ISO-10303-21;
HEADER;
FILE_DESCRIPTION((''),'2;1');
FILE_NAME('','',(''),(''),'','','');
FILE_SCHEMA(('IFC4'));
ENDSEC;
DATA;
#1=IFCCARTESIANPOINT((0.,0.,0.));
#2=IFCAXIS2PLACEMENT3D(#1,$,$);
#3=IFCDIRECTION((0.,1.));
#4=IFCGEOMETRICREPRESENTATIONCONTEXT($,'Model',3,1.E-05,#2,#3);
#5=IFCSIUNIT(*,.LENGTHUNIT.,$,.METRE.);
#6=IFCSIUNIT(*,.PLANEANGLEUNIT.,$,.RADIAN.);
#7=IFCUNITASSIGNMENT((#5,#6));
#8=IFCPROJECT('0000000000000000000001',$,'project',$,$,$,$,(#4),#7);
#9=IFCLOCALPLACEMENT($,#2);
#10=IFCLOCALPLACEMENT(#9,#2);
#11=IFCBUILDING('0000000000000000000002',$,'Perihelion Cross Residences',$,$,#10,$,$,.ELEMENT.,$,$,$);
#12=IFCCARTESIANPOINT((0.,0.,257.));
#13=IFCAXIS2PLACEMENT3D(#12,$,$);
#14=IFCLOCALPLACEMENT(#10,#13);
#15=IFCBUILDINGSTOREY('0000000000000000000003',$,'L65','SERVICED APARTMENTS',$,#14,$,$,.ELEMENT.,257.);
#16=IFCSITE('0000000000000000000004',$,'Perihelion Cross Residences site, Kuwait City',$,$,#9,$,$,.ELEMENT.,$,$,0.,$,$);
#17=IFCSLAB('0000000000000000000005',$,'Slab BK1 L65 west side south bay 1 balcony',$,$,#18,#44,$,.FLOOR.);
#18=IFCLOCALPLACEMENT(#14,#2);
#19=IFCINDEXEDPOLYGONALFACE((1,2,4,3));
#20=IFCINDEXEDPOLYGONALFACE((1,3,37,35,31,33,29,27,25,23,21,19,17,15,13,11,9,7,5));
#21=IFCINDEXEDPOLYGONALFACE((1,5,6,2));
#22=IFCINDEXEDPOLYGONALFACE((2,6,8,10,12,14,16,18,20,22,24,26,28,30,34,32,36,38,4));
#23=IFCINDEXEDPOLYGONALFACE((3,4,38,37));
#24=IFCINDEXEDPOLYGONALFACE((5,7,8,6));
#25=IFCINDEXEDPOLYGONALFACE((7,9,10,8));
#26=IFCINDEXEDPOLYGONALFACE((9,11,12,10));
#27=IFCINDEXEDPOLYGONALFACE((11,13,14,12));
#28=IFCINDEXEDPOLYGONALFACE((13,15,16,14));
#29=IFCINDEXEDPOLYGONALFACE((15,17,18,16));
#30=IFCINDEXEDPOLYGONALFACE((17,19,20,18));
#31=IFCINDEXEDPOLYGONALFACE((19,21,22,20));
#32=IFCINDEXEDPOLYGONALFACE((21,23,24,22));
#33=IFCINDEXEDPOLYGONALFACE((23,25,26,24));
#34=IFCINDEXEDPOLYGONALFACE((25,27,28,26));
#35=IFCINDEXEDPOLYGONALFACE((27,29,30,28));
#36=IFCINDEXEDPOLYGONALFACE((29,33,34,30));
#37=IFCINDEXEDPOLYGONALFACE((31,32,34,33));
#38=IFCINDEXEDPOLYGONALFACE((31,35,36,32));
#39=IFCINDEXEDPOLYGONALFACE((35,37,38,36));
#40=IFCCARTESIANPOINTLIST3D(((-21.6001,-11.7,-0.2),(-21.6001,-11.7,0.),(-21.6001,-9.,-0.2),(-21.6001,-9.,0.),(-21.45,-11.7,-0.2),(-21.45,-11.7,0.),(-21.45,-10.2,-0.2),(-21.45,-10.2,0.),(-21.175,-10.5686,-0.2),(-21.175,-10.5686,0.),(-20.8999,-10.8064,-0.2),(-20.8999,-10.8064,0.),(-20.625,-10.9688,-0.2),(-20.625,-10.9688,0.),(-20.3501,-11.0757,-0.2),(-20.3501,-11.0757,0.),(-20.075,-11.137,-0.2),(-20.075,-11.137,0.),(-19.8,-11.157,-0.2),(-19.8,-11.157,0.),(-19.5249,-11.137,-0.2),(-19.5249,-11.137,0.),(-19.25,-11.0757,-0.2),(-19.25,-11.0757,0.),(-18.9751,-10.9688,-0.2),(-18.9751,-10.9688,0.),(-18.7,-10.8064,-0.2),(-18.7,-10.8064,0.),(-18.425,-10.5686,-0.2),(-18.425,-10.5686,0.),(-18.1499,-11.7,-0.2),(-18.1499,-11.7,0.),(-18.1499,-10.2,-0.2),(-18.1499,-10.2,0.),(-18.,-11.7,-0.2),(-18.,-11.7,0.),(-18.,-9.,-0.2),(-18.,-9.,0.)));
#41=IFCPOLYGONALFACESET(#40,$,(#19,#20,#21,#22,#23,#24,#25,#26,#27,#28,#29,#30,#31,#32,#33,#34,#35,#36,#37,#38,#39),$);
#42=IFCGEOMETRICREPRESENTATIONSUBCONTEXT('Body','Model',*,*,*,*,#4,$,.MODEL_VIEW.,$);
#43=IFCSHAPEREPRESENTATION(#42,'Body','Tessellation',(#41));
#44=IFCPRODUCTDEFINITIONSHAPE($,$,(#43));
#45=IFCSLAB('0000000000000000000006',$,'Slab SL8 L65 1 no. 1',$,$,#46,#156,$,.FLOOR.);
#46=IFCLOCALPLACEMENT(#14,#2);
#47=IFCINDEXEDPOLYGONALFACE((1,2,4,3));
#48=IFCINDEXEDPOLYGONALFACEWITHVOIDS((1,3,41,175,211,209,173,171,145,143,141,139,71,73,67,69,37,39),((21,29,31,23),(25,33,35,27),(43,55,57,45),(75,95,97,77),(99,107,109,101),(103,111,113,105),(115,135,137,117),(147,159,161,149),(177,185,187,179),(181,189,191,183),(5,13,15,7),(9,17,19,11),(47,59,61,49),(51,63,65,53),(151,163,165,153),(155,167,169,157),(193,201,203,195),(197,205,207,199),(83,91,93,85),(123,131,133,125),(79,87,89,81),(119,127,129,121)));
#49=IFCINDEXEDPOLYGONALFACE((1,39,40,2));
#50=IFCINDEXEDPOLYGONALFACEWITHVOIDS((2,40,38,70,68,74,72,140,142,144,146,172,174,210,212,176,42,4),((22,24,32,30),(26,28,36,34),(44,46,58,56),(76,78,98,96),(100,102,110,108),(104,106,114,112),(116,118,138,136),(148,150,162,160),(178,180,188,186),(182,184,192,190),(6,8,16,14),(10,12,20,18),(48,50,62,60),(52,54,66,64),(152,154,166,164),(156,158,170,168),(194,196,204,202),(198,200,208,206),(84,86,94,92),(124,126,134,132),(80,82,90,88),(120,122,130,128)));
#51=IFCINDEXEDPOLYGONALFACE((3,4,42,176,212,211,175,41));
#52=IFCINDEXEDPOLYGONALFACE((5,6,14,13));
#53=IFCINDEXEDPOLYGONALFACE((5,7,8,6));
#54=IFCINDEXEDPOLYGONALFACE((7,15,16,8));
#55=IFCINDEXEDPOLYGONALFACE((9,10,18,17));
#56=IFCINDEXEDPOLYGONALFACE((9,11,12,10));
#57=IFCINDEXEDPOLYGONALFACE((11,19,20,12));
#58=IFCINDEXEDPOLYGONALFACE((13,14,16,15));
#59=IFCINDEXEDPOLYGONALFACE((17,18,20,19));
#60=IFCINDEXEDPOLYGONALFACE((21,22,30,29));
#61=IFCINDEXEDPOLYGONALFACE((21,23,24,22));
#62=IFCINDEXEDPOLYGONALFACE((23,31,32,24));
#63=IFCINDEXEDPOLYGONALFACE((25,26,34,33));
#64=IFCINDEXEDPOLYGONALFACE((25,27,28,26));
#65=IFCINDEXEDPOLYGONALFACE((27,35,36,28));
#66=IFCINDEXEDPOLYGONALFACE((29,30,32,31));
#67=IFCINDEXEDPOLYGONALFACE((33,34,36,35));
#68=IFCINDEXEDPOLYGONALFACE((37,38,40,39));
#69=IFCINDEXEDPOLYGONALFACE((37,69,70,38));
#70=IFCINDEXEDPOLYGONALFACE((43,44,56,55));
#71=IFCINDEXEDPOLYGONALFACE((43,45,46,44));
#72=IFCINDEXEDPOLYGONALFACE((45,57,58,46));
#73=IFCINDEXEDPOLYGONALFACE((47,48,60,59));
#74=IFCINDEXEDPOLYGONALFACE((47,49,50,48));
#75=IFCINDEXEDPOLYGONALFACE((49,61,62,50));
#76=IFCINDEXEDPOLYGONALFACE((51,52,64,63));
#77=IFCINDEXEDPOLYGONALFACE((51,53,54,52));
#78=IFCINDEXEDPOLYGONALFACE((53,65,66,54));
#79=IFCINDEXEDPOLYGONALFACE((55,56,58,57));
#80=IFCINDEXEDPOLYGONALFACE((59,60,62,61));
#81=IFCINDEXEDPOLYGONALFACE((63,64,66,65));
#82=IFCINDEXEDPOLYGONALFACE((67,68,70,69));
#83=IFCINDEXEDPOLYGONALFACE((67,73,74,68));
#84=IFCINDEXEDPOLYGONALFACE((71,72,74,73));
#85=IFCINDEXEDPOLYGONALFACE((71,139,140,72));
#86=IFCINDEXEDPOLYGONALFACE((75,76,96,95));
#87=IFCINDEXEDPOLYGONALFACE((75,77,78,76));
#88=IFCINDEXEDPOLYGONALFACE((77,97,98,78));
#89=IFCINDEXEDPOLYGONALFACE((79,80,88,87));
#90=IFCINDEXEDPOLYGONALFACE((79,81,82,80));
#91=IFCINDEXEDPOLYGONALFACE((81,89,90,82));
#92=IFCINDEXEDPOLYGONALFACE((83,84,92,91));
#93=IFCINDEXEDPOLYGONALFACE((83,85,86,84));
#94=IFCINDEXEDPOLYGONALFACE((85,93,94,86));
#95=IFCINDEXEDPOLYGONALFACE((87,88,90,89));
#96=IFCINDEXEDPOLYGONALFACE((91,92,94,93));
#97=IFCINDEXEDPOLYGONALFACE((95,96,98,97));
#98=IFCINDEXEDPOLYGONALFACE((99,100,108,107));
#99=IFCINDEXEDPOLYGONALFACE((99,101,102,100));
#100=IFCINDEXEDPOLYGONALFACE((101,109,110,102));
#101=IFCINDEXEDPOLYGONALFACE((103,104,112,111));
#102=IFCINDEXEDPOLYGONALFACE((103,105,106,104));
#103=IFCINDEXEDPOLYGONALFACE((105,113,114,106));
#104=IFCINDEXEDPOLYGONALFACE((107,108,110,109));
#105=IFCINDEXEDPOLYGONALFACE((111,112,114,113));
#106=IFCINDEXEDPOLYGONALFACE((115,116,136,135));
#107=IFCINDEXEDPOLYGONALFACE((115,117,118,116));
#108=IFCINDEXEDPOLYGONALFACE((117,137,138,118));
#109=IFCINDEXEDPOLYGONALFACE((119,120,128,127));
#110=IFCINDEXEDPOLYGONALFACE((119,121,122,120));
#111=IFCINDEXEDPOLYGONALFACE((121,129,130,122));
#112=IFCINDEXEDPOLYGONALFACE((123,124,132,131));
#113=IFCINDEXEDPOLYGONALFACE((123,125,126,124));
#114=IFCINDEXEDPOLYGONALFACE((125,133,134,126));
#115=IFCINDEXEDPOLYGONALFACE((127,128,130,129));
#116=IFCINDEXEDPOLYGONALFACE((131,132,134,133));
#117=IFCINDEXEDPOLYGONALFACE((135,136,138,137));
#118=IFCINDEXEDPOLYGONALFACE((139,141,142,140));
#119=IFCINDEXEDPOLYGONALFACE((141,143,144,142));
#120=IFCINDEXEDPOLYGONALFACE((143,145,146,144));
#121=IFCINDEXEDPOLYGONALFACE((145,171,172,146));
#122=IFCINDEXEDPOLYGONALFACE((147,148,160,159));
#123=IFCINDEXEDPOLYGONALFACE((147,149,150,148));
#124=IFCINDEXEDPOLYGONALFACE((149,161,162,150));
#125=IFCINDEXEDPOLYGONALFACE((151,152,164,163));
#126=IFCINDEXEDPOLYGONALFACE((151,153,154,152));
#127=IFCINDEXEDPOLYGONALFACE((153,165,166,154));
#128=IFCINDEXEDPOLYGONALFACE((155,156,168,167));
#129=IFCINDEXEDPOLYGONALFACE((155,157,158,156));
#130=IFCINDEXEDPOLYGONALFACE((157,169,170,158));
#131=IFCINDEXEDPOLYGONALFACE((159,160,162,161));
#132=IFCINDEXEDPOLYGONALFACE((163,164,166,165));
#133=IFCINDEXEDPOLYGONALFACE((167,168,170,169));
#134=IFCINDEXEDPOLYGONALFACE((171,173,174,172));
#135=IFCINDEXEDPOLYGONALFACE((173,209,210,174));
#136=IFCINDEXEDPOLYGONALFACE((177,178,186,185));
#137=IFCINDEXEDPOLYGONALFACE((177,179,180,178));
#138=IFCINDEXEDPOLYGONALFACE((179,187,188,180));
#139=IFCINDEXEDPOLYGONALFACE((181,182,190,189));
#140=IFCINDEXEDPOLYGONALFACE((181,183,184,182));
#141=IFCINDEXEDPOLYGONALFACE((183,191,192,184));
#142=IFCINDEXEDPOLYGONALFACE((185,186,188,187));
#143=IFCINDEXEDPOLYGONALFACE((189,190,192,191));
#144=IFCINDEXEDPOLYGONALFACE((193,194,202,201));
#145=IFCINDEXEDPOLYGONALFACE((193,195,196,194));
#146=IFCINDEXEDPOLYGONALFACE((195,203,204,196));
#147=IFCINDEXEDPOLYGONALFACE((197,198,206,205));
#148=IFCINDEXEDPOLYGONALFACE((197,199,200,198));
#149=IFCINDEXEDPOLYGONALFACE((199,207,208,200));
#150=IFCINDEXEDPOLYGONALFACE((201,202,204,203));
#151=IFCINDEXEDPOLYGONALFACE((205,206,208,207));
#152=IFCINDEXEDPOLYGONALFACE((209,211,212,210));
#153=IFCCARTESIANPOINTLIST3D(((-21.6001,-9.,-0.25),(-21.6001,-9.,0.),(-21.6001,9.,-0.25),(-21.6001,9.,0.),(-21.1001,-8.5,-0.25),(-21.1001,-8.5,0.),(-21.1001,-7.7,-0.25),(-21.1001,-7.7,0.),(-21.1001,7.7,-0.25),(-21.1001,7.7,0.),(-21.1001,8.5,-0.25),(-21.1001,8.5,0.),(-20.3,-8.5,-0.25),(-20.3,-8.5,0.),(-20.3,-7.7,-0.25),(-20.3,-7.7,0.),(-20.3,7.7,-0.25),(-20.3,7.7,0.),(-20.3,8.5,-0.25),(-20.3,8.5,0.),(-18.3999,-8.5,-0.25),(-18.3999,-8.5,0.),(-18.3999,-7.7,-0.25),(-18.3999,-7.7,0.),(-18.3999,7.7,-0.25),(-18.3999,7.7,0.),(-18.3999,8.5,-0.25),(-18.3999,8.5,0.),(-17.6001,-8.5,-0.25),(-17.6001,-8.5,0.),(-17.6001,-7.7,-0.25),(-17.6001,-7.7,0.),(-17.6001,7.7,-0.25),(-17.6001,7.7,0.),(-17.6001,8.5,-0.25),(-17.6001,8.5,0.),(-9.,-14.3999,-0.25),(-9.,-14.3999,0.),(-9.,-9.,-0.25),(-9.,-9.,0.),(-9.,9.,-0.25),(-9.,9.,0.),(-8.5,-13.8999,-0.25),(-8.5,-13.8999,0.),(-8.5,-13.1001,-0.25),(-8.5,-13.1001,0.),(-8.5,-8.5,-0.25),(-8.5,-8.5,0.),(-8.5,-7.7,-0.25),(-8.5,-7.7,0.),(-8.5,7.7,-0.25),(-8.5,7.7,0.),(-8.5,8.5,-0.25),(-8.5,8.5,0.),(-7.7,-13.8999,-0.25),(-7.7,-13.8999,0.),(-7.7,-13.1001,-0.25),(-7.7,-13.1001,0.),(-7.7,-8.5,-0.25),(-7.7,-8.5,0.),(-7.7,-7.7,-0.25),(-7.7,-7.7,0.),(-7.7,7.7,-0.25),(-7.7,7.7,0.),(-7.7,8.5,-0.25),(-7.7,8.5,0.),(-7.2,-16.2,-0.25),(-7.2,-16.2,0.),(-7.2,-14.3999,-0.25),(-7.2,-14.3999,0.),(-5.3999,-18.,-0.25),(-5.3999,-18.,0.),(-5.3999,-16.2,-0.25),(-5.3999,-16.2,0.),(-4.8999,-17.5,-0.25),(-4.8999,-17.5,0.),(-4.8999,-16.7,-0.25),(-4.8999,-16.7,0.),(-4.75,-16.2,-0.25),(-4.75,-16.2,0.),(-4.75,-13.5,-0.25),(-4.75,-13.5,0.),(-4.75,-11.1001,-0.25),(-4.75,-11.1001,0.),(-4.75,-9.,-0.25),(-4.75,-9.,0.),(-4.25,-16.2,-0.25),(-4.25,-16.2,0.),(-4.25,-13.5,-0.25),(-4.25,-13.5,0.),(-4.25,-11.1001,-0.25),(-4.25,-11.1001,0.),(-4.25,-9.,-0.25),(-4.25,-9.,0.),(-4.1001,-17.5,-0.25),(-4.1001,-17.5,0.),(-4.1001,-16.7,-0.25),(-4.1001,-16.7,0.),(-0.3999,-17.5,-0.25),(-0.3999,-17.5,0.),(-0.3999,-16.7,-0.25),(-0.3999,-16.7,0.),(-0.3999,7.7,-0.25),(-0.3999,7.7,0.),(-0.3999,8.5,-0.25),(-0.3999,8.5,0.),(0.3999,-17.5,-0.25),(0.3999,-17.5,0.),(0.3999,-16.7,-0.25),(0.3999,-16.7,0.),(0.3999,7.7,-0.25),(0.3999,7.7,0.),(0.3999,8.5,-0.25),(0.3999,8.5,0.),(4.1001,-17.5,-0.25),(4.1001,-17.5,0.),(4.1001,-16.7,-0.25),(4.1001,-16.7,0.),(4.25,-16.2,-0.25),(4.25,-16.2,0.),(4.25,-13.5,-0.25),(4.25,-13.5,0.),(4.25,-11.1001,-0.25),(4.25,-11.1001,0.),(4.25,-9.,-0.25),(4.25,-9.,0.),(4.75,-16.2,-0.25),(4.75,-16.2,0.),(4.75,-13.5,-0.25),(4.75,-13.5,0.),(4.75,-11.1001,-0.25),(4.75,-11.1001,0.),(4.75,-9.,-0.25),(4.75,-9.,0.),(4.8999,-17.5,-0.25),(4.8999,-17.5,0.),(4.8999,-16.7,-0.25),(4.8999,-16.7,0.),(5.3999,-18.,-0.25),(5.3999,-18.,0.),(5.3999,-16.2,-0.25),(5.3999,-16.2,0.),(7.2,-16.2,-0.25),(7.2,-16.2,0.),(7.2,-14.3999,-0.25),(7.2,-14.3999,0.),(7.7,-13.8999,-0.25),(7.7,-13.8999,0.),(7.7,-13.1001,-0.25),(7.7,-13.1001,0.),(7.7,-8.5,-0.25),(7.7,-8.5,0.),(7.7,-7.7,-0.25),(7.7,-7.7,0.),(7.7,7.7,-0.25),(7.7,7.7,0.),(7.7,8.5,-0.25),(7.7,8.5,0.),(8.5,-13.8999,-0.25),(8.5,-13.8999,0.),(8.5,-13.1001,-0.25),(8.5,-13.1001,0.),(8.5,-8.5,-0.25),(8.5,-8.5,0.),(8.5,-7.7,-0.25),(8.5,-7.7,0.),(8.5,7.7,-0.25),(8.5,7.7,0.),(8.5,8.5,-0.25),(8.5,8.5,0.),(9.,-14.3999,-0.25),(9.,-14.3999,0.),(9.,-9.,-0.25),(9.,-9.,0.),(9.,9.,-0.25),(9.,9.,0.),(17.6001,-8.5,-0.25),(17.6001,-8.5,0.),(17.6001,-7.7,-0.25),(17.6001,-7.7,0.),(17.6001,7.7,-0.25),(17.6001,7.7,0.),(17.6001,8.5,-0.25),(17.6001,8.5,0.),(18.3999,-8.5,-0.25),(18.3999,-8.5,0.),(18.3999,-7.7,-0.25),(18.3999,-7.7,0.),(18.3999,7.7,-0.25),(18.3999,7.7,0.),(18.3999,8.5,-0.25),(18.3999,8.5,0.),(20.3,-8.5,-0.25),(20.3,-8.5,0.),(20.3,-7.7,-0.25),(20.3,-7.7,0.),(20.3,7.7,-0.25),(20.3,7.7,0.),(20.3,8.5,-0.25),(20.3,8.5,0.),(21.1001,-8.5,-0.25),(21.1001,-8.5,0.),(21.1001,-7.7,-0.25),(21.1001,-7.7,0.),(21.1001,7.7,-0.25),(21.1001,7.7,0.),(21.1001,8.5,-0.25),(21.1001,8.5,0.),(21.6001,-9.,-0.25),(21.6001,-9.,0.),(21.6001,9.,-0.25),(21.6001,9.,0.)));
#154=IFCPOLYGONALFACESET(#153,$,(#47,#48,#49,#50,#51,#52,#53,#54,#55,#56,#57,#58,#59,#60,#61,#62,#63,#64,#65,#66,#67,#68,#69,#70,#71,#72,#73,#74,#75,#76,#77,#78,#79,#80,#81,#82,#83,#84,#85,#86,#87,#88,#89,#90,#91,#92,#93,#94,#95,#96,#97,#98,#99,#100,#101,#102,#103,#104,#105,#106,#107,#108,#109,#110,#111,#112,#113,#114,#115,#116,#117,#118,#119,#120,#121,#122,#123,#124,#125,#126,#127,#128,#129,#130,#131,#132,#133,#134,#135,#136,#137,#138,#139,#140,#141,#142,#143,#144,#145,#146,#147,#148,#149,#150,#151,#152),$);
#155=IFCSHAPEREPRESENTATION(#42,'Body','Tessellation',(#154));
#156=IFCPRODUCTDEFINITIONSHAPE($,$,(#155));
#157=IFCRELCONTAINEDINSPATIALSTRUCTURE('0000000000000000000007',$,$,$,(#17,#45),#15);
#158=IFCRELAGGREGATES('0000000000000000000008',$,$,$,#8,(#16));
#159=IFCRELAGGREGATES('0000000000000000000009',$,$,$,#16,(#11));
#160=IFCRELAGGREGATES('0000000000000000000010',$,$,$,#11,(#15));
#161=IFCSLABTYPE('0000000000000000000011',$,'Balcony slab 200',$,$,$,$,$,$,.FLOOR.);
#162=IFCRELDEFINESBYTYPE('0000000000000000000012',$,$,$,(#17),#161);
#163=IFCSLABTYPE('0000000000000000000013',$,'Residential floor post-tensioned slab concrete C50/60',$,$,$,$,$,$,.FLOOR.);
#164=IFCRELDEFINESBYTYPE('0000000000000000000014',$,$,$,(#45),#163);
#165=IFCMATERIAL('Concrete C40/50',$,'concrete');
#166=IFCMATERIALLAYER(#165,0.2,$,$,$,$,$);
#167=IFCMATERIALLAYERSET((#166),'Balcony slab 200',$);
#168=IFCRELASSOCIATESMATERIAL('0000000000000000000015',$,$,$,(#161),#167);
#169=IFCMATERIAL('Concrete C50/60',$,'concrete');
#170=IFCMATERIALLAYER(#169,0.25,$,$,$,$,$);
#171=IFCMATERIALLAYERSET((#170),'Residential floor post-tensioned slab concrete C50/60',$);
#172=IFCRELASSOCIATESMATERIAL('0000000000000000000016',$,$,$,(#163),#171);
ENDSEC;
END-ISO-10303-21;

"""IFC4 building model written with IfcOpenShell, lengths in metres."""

from ifc_helpers import new_model, si_unit, direction, frame, origin, place, context, subcontext, project, spatial, polyline, outline, extrude, material, layer, layer_set, type_object, element, save


model = new_model("IFC4")

# Units and contexts
model_context = context("Model", 3, precision=1e-05, world=origin(), true_north=direction((0.0, 1.0)))
body_context = subcontext(model_context, "Body", "Model", "MODEL_VIEW")
ifc_project = project(units=[si_unit("LENGTHUNIT", "METRE"), si_unit("PLANEANGLEUNIT", "RADIAN")], contexts=[model_context])

# Site, building, storey
site_placement = place(None, origin())
site = spatial("IfcSite", under=ifc_project, at=site_placement, Name="Perihelion Cross Residences site, Kuwait City", CompositionType="ELEMENT", RefElevation=0.0)
building_placement = place(site_placement, origin())
building = spatial("IfcBuilding", under=site, at=building_placement, Name="Perihelion Cross Residences", CompositionType="ELEMENT")
storey_placement = place(building_placement, frame((0.0, 0.0, 257.0)))
storey = spatial("IfcBuildingStorey", under=building, at=storey_placement, Name="L65", Description="SERVICED APARTMENTS", CompositionType="ELEMENT", Elevation=257.0)

# Slabs
ifc_material_1 = material(Name="Concrete C40/50", Category="concrete")
ifc_layer_1 = layer(ifc_material_1, 0.2)
ifc_layer_set_1 = layer_set([ifc_layer_1], Name="Balcony slab 200")
slab_type_1 = type_object("IfcSlabType", Name="Balcony slab 200", PredefinedType="FLOOR", material=ifc_layer_set_1)
slab_1_placement = place(storey_placement, frame((0.0, 0.0, -0.2)))
element("IfcSlab", 1, at=slab_1_placement, inside=storey, type_object=slab_type_1, Name="Slab BK1 L65 west side south bay 1 balcony", PredefinedType="FLOOR", context=body_context, shape_type="SweptSolid", body=[
    extrude(outline(polyline([(-21.6001, -9.0), (-18.0, -9.0), (-18.0, -11.7), (-18.1499, -11.7), (-18.1499, -10.2), (-18.425, -10.5686), (-18.7, -10.8064), (-18.9751, -10.9688), (-19.25, -11.0757), (-19.5249, -11.137), (-19.8, -11.157), (-20.075, -11.137), (-20.3501, -11.0757), (-20.625, -10.9688), (-20.8999, -10.8064), (-21.175, -10.5686), (-21.45, -10.2), (-21.45, -11.7), (-21.6001, -11.7), (-21.6001, -9.0)])), origin(), (0.0, 0.0, 1.0), 0.2),
])
ifc_material_2 = material(Name="Concrete C50/60", Category="concrete")
ifc_layer_2 = layer(ifc_material_2, 0.25)
ifc_layer_set_2 = layer_set([ifc_layer_2], Name="Residential floor post-tensioned slab concrete C50/60")
slab_type_2 = type_object("IfcSlabType", Name="Residential floor post-tensioned slab concrete C50/60", PredefinedType="FLOOR", material=ifc_layer_set_2)
slab_2_placement = place(storey_placement, frame((0.0, 0.0, -0.25)))
element("IfcSlab", 2, at=slab_2_placement, inside=storey, type_object=slab_type_2, Name="Slab SL8 L65 1 no. 1", PredefinedType="FLOOR", context=body_context, shape_type="SweptSolid", body=[
    extrude(outline(polyline([(-9.0, 9.0), (9.0, 9.0), (21.6001, 9.0), (21.6001, -9.0), (9.0, -9.0), (9.0, -14.3999), (7.2, -14.3999), (7.2, -16.2), (5.3999, -16.2), (5.3999, -18.0), (-5.3999, -18.0), (-5.3999, -16.2), (-7.2, -16.2), (-7.2, -14.3999), (-9.0, -14.3999), (-9.0, -9.0), (-21.6001, -9.0), (-21.6001, 9.0), (-9.0, 9.0)]), holes=[polyline([(-4.1001, -16.7), (-4.8999, -16.7), (-4.8999, -17.5), (-4.1001, -17.5), (-4.1001, -16.7)]), polyline([(0.3999, -17.5), (0.3999, -16.7), (-0.3999, -16.7), (-0.3999, -17.5), (0.3999, -17.5)]), polyline([(-4.25, -16.2), (-4.25, -13.5), (-4.75, -13.5), (-4.75, -16.2), (-4.25, -16.2)]), polyline([(-7.7, -13.1001), (-8.5, -13.1001), (-8.5, -13.8999), (-7.7, -13.8999), (-7.7, -13.1001)]), polyline([(-4.25, -11.1001), (-4.25, -9.0), (-4.75, -9.0), (-4.75, -11.1001), (-4.25, -11.1001)]), polyline([(-20.3, -8.5), (-20.3, -7.7), (-21.1001, -7.7), (-21.1001, -8.5), (-20.3, -8.5)]), polyline([(-17.6001, -7.7), (-18.3999, -7.7), (-18.3999, -8.5), (-17.6001, -8.5), (-17.6001, -7.7)]), polyline([(-7.7, -8.5), (-7.7, -7.7), (-8.5, -7.7), (-8.5, -8.5), (-7.7, -8.5)]), polyline([(-20.3, 8.5), (-21.1001, 8.5), (-21.1001, 7.7), (-20.3, 7.7), (-20.3, 8.5)]), polyline([(-17.6001, 7.7), (-17.6001, 8.5), (-18.3999, 8.5), (-18.3999, 7.7), (-17.6001, 7.7)]), polyline([(-7.7, 7.7), (-7.7, 8.5), (-8.5, 8.5), (-8.5, 7.7), (-7.7, 7.7)]), polyline([(4.8999, -16.7), (4.1001, -16.7), (4.1001, -17.5), (4.8999, -17.5), (4.8999, -16.7)]), polyline([(4.75, -16.2), (4.75, -13.5), (4.25, -13.5), (4.25, -16.2), (4.75, -16.2)]), polyline([(8.5, -13.8999), (8.5, -13.1001), (7.7, -13.1001), (7.7, -13.8999), (8.5, -13.8999)]), polyline([(4.75, -9.0), (4.25, -9.0), (4.25, -11.1001), (4.75, -11.1001), (4.75, -9.0)]), polyline([(8.5, -8.5), (8.5, -7.7), (7.7, -7.7), (7.7, -8.5), (8.5, -8.5)]), polyline([(18.3999, -8.5), (18.3999, -7.7), (17.6001, -7.7), (17.6001, -8.5), (18.3999, -8.5)]), polyline([(21.1001, -7.7), (20.3, -7.7), (20.3, -8.5), (21.1001, -8.5), (21.1001, -7.7)]), polyline([(0.3999, 7.7), (0.3999, 8.5), (-0.3999, 8.5), (-0.3999, 7.7), (0.3999, 7.7)]), polyline([(8.5, 8.5), (7.7, 8.5), (7.7, 7.7), (8.5, 7.7), (8.5, 8.5)]), polyline([(18.3999, 7.7), (18.3999, 8.5), (17.6001, 8.5), (17.6001, 7.7), (18.3999, 7.7)]), polyline([(21.1001, 7.7), (21.1001, 8.5), (20.3, 8.5), (20.3, 7.7), (21.1001, 7.7)])]), origin(), (0.0, 0.0, 1.0), 0.25),
])

save(model, "model.ifc")
